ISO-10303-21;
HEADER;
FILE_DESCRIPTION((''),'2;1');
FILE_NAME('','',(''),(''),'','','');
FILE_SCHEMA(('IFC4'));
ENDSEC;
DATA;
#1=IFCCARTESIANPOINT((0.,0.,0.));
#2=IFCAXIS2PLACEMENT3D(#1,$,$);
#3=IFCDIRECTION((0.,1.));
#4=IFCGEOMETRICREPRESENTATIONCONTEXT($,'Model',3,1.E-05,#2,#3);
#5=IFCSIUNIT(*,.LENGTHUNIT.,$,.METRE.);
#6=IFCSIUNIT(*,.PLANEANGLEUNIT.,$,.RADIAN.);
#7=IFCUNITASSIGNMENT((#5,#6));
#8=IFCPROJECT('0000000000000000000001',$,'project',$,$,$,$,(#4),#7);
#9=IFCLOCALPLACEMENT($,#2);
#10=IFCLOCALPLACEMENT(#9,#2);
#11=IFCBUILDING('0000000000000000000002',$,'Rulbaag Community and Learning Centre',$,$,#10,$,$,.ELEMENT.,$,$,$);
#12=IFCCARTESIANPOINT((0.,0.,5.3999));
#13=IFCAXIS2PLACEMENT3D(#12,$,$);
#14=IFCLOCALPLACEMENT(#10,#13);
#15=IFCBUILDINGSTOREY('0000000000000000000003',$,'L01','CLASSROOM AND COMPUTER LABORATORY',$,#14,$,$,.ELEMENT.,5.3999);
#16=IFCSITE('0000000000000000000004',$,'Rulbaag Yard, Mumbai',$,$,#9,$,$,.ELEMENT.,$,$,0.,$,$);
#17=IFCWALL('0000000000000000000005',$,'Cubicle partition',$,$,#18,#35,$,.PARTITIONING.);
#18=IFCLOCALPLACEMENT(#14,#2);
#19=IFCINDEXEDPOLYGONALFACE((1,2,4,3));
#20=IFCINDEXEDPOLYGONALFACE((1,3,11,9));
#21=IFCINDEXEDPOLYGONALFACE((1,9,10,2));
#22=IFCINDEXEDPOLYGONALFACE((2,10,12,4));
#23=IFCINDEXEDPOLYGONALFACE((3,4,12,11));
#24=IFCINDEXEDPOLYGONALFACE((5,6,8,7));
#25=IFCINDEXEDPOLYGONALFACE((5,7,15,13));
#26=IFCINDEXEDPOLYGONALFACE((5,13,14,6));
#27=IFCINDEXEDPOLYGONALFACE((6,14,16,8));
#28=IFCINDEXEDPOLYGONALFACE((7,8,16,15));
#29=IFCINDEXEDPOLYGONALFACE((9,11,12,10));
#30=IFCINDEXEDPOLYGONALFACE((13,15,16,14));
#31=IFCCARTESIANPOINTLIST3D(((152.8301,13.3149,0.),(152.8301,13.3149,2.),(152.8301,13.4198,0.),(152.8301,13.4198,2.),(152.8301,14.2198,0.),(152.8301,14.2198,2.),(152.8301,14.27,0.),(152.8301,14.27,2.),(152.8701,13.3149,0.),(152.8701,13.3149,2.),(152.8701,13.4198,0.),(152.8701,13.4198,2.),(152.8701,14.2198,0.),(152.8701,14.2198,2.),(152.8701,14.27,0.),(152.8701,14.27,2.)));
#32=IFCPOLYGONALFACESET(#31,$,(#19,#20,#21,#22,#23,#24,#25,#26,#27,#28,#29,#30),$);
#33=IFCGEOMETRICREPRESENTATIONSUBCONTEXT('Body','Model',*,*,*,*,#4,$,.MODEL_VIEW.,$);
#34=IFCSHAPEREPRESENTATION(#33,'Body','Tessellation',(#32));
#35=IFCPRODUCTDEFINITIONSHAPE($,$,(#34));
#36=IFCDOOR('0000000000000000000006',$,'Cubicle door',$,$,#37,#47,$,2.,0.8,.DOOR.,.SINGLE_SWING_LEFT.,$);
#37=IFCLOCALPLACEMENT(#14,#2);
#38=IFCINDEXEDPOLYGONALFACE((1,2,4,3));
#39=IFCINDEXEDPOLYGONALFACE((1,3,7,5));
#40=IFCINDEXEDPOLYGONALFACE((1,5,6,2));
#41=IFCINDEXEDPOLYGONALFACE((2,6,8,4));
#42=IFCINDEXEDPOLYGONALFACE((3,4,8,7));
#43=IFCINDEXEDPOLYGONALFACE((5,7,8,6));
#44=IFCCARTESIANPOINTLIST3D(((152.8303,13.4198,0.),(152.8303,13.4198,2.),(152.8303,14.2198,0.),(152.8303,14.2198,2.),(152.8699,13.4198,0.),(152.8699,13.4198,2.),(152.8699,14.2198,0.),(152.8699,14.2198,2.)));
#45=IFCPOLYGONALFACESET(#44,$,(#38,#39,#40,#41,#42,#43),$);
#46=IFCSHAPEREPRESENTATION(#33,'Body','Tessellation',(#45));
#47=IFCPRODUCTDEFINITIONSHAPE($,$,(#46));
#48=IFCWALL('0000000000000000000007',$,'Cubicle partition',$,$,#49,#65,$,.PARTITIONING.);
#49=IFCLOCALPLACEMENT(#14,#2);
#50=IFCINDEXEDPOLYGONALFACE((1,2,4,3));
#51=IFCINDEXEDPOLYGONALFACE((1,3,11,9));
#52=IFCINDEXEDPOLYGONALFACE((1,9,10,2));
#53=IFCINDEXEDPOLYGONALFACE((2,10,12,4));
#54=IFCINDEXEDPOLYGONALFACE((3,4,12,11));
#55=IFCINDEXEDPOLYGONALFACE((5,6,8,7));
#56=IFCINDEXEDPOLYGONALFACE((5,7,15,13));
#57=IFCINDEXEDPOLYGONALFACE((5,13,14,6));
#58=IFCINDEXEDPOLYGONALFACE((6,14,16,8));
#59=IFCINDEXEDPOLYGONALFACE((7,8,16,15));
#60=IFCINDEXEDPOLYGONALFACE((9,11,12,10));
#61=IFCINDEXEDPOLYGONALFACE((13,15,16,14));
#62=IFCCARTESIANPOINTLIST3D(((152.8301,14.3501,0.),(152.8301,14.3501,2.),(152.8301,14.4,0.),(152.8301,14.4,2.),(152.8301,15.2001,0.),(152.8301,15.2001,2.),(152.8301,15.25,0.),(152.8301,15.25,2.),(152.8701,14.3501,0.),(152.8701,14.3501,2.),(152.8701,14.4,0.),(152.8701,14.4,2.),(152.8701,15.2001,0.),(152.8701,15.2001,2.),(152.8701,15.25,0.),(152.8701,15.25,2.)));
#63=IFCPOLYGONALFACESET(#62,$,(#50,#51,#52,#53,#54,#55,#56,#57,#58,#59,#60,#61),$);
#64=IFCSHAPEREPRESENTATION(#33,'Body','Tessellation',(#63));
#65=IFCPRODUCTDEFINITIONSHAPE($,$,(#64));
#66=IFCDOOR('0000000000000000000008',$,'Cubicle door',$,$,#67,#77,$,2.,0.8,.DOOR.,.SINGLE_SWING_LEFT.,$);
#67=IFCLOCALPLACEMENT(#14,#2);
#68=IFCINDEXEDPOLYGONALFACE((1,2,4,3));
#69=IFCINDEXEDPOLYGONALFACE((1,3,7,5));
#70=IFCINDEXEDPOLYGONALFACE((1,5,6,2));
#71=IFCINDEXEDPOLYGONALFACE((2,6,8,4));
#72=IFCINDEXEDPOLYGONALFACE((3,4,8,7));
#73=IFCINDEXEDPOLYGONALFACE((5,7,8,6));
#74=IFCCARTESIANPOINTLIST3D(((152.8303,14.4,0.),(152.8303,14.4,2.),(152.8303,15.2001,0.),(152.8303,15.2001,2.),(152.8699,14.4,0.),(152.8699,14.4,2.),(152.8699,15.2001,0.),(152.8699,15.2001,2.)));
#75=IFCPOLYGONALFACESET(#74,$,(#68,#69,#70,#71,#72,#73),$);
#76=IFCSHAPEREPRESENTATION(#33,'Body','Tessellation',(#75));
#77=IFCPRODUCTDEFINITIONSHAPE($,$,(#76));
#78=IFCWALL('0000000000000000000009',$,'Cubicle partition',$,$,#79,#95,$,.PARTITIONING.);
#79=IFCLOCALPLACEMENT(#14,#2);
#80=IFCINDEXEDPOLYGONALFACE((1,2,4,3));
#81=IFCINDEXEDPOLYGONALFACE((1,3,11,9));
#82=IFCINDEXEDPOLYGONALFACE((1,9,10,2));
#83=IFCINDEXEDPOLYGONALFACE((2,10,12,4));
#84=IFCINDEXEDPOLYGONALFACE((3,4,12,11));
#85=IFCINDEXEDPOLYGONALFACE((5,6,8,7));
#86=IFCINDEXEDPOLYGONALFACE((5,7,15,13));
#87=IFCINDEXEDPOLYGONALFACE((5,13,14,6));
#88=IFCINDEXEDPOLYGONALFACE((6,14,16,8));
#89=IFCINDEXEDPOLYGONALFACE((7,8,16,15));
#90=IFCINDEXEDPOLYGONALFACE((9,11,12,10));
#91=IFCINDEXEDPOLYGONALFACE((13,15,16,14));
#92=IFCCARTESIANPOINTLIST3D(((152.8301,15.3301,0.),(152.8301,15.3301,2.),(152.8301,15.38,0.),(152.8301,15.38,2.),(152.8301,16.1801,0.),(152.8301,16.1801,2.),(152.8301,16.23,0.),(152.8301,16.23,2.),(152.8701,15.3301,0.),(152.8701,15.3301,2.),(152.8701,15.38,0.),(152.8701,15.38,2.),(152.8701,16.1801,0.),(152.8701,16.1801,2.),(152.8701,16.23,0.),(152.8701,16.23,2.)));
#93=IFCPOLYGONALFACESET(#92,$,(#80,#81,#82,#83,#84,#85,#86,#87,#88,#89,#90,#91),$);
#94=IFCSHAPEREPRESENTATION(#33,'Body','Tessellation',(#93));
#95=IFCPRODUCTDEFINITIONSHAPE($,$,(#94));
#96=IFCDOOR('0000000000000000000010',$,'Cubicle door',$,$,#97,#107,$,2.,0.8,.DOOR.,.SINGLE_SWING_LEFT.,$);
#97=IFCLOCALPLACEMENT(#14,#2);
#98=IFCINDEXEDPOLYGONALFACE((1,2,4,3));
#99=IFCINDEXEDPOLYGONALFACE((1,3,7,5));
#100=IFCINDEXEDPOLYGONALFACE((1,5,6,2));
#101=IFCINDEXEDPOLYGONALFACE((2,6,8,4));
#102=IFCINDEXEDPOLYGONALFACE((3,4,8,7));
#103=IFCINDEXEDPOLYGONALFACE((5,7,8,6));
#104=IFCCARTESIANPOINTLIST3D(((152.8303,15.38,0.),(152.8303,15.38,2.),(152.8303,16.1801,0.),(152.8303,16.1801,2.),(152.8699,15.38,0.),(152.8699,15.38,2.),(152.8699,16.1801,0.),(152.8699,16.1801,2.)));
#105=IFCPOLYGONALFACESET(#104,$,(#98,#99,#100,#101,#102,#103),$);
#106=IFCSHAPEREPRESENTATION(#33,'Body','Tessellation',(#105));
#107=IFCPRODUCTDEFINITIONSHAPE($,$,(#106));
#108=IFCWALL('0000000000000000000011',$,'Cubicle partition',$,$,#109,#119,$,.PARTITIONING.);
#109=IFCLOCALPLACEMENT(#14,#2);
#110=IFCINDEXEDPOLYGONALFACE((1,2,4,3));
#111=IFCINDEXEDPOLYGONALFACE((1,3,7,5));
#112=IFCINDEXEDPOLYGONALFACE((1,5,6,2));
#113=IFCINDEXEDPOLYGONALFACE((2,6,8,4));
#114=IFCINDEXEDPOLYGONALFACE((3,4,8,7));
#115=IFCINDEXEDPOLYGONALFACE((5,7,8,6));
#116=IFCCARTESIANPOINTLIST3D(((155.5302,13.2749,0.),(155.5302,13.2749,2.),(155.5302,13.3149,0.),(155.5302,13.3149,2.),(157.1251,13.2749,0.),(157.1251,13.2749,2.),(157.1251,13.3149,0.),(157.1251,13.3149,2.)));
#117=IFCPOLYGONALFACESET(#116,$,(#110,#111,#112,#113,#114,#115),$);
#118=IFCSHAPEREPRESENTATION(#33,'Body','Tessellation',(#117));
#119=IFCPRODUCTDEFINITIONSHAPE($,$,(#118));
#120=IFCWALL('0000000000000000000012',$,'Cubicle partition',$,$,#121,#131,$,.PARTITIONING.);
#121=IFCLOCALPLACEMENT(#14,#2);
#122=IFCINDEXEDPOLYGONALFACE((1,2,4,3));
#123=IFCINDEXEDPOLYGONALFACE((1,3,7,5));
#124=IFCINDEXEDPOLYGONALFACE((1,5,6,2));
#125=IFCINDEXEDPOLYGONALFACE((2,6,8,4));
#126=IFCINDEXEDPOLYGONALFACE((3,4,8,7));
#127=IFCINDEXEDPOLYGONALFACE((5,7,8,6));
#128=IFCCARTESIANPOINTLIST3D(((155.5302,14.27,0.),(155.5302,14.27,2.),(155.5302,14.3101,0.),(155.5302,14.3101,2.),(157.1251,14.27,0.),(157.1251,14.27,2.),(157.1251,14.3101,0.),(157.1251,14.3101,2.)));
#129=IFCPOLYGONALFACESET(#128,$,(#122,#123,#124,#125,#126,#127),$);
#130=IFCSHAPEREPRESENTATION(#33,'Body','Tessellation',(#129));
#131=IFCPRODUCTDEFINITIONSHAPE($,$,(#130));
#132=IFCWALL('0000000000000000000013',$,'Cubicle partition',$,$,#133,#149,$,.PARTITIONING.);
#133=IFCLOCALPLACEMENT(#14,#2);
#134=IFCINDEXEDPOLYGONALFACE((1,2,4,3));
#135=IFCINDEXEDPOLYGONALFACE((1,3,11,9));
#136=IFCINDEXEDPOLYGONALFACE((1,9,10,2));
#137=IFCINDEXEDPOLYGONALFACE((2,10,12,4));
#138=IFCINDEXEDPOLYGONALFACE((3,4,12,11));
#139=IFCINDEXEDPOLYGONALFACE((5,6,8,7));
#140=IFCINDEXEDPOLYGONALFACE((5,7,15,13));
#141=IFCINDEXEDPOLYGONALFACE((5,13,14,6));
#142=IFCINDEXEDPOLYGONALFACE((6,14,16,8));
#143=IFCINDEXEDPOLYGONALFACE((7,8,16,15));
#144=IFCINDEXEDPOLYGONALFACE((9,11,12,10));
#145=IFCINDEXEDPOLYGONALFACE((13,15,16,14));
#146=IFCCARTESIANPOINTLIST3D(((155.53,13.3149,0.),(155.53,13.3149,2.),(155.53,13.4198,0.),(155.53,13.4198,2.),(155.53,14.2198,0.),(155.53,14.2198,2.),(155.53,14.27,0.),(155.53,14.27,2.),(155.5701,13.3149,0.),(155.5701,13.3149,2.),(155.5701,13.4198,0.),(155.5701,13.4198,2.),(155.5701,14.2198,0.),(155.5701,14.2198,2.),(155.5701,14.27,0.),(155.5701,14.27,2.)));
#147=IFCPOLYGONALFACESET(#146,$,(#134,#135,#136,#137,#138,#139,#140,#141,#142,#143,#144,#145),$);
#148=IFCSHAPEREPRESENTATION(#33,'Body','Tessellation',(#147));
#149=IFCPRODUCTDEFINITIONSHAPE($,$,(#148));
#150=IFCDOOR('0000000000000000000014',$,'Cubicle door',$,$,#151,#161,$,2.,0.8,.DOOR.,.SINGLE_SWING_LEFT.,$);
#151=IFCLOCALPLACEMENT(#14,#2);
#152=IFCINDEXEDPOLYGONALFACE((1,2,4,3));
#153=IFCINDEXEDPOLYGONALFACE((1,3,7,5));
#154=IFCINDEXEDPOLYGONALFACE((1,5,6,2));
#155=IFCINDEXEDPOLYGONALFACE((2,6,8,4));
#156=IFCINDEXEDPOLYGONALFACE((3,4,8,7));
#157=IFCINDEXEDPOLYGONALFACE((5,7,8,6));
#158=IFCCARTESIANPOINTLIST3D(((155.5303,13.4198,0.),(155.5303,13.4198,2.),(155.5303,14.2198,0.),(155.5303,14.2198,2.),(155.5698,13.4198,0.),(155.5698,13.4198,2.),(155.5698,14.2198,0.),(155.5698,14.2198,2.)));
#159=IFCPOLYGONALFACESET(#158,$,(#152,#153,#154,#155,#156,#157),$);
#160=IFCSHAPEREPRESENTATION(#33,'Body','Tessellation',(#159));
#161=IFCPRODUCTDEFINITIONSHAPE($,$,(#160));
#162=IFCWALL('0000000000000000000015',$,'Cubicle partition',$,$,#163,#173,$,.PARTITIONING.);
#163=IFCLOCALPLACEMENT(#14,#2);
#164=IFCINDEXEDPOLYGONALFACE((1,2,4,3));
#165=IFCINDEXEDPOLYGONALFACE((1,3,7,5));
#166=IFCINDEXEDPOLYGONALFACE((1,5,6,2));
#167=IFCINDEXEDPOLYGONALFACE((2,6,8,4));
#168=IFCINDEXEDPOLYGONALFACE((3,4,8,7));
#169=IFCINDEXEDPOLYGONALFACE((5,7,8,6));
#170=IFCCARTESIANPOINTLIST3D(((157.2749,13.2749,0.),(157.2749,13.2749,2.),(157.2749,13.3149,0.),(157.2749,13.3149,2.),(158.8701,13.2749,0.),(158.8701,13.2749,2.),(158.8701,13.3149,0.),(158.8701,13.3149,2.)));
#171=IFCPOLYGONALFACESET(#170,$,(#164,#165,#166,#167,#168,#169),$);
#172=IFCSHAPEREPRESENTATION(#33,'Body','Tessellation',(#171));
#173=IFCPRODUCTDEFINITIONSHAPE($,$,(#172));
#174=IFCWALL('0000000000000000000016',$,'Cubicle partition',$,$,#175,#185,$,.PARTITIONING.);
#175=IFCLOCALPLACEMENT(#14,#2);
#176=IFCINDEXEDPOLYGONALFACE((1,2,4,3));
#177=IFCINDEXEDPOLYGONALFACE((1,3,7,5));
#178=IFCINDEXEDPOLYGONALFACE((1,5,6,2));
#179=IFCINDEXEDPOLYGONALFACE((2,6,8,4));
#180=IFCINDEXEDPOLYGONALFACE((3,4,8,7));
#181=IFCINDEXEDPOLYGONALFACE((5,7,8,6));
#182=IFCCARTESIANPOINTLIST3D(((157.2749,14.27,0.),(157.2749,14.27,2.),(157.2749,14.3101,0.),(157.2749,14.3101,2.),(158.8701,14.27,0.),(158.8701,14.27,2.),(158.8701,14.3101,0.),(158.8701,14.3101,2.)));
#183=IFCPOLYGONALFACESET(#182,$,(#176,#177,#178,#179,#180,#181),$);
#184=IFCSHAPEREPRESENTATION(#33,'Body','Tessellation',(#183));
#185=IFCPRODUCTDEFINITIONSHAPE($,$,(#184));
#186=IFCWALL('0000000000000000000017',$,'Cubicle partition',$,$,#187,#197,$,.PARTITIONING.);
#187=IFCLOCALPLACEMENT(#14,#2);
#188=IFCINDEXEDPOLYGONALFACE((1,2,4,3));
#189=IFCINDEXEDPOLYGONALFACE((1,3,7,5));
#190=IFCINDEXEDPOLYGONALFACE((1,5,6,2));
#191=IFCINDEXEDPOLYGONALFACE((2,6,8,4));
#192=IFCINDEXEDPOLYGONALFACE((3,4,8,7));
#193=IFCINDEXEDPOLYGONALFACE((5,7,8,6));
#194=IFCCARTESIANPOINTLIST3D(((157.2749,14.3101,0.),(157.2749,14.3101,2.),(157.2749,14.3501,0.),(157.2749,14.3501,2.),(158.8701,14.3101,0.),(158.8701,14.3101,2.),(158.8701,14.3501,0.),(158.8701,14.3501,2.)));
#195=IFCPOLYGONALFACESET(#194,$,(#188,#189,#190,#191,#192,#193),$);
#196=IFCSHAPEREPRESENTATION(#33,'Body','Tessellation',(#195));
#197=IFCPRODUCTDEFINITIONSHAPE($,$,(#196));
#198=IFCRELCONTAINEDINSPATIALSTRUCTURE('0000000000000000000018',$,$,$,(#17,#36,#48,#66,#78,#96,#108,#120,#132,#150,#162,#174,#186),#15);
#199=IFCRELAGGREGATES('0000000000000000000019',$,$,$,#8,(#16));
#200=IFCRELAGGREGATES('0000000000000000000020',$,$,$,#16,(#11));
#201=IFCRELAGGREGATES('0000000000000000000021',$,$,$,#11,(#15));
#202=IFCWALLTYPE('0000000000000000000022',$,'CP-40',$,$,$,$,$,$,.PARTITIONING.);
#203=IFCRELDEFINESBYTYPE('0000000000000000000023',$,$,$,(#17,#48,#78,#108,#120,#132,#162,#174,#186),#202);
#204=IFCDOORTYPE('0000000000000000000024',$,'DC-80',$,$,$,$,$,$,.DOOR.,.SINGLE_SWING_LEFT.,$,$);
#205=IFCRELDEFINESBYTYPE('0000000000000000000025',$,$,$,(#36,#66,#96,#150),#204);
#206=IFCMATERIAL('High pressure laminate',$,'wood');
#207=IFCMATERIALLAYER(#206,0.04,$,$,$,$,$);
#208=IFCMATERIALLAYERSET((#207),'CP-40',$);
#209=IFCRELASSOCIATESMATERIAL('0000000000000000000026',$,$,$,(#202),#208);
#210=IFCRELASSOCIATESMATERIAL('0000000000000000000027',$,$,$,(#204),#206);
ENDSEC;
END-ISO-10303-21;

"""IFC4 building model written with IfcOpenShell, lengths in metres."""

from ifc_helpers import new_model, si_unit, direction, frame, frame_2d, origin, place, context, subcontext, project, spatial, rectangle, extrude, material, layer, layer_set, type_object, element, fill, save


model = new_model("IFC4")

# Units and contexts
model_context = context("Model", 3, precision=1e-05, world=origin(), true_north=direction((0.0, 1.0)))
body_context = subcontext(model_context, "Body", "Model", "MODEL_VIEW")
ifc_project = project(units=[si_unit("LENGTHUNIT", "METRE"), si_unit("PLANEANGLEUNIT", "RADIAN")], contexts=[model_context])

# Site, building, storey
site_placement = place(None, origin())
site = spatial("IfcSite", under=ifc_project, at=site_placement, Name="Rulbaag Yard, Mumbai", CompositionType="ELEMENT", RefElevation=0.0)
building_placement = place(site_placement, origin())
building = spatial("IfcBuilding", under=site, at=building_placement, Name="Rulbaag Community and Learning Centre", CompositionType="ELEMENT")
storey_placement = place(building_placement, frame((0.0, 0.0, 5.3999)))
storey = spatial("IfcBuildingStorey", under=building, at=storey_placement, Name="L01", Description="CLASSROOM AND COMPUTER LABORATORY", CompositionType="ELEMENT", Elevation=5.3999)

# Walls, openings, doors
ifc_material_1 = material(Name="High pressure laminate", Category="wood")
ifc_layer_1 = layer(ifc_material_1, 0.04)
ifc_layer_set_1 = layer_set([ifc_layer_1], Name="CP-40")
wall_type_1 = type_object("IfcWallType", Name="CP-40", PredefinedType="PARTITIONING", material=ifc_layer_set_1)
wall_1_placement = place(storey_placement, frame((152.8501, 13.3149, 0.0), z_axis=(0.0, 0.0, 1.0), x_axis=(0.0, 1.0, 0.0)))
wall_1 = element("IfcWall", 1, at=wall_1_placement, inside=storey, type_object=wall_type_1, Name="Cubicle partition", PredefinedType="PARTITIONING", context=body_context, shape_type="SweptSolid", body=[
    extrude(rectangle(XDim=0.9551, YDim=0.04, at=frame_2d((0.4775, 0.0))), origin(), (0.0, 0.0, 1.0), 2.0),
])
opening_1_placement = place(wall_1_placement, frame((0.105, 0.0, 0.0)))
opening_1 = element("IfcOpeningElement", 2, at=opening_1_placement, cuts=wall_1, PredefinedType="OPENING", context=body_context, shape_type="SweptSolid", body=[
    extrude(rectangle(XDim=0.8, YDim=2.0, at=frame_2d((0.3999, 1.0))), frame((0.0, 0.03, 0.0), z_axis=(0.0, -1.0, 0.0), x_axis=(1.0, 0.0, 0.0)), (0.0, 0.0, 1.0), 0.0601),
])
door_type = type_object("IfcDoorType", Name="DC-80", OperationType="SINGLE_SWING_LEFT", PredefinedType="DOOR", material=ifc_material_1)
door_1_placement = place(opening_1_placement, origin())
door_1 = element("IfcDoor", 3, at=door_1_placement, inside=storey, type_object=door_type, Name="Cubicle door", OperationType="SINGLE_SWING_LEFT", OverallHeight=2.0, OverallWidth=0.8, PredefinedType="DOOR", context=body_context, shape_type="SweptSolid", body=[
    extrude(rectangle(XDim=0.8, YDim=2.0, at=frame_2d((0.3999, 1.0))), frame((0.0, 0.0198, 0.0), z_axis=(0.0, -1.0, 0.0), x_axis=(1.0, 0.0, 0.0)), (0.0, 0.0, 1.0), 0.0396),
])
fill(opening_1, door_1)
wall_2_placement = place(storey_placement, frame((152.8501, 14.3501, 0.0), z_axis=(0.0, 0.0, 1.0), x_axis=(0.0, 1.0, 0.0)))
wall_2 = element("IfcWall", 4, at=wall_2_placement, inside=storey, type_object=wall_type_1, Name="Cubicle partition", PredefinedType="PARTITIONING", context=body_context, shape_type="SweptSolid", body=[
    extrude(rectangle(XDim=0.8999, YDim=0.04, at=frame_2d((0.45, 0.0))), origin(), (0.0, 0.0, 1.0), 2.0),
])
opening_2_placement = place(wall_2_placement, frame((0.05, 0.0, 0.0)))
opening_2 = element("IfcOpeningElement", 5, at=opening_2_placement, cuts=wall_2, PredefinedType="OPENING", context=body_context, shape_type="SweptSolid", body=[
    extrude(rectangle(XDim=0.8, YDim=2.0, at=frame_2d((0.3999, 1.0))), frame((0.0, 0.03, 0.0), z_axis=(0.0, -1.0, 0.0), x_axis=(1.0, 0.0, 0.0)), (0.0, 0.0, 1.0), 0.0601),
])
door_2_placement = place(opening_2_placement, origin())
door_2 = element("IfcDoor", 6, at=door_2_placement, inside=storey, type_object=door_type, Name="Cubicle door", OperationType="SINGLE_SWING_LEFT", OverallHeight=2.0, OverallWidth=0.8, PredefinedType="DOOR", context=body_context, shape_type="SweptSolid", body=[
    extrude(rectangle(XDim=0.8, YDim=2.0, at=frame_2d((0.3999, 1.0))), frame((0.0, 0.0198, 0.0), z_axis=(0.0, -1.0, 0.0), x_axis=(1.0, 0.0, 0.0)), (0.0, 0.0, 1.0), 0.0396),
])
fill(opening_2, door_2)
wall_3_placement = place(storey_placement, frame((152.8501, 15.3301, 0.0), z_axis=(0.0, 0.0, 1.0), x_axis=(0.0, 1.0, 0.0)))
wall_3 = element("IfcWall", 7, at=wall_3_placement, inside=storey, type_object=wall_type_1, Name="Cubicle partition", PredefinedType="PARTITIONING", context=body_context, shape_type="SweptSolid", body=[
    extrude(rectangle(XDim=0.8999, YDim=0.04, at=frame_2d((0.45, 0.0))), origin(), (0.0, 0.0, 1.0), 2.0),
])
opening_3_placement = place(wall_3_placement, frame((0.05, 0.0, 0.0)))
opening_3 = element("IfcOpeningElement", 8, at=opening_3_placement, cuts=wall_3, PredefinedType="OPENING", context=body_context, shape_type="SweptSolid", body=[
    extrude(rectangle(XDim=0.8, YDim=2.0, at=frame_2d((0.3999, 1.0))), frame((0.0, 0.03, 0.0), z_axis=(0.0, -1.0, 0.0), x_axis=(1.0, 0.0, 0.0)), (0.0, 0.0, 1.0), 0.0601),
])
door_3_placement = place(opening_3_placement, origin())
door_3 = element("IfcDoor", 9, at=door_3_placement, inside=storey, type_object=door_type, Name="Cubicle door", OperationType="SINGLE_SWING_LEFT", OverallHeight=2.0, OverallWidth=0.8, PredefinedType="DOOR", context=body_context, shape_type="SweptSolid", body=[
    extrude(rectangle(XDim=0.8, YDim=2.0, at=frame_2d((0.3999, 1.0))), frame((0.0, 0.0198, 0.0), z_axis=(0.0, -1.0, 0.0), x_axis=(1.0, 0.0, 0.0)), (0.0, 0.0, 1.0), 0.0396),
])
fill(opening_3, door_3)

# Walls
for number, where, z_axis, x_axis, name in (
    (10, (157.125, 13.2949, 0.0), (0.0, 0.0, 1.0), (-1.0, 0.0, 0.0), "Cubicle partition"),
    (11, (157.125, 14.29, 0.0), (0.0, 0.0, 1.0), (-1.0, 0.0, 0.0), "Cubicle partition"),
):
    element("IfcWall", number, at=place(storey_placement, frame(where, z_axis=z_axis, x_axis=x_axis)), inside=storey, type_object=wall_type_1, Name=name, PredefinedType="PARTITIONING", context=body_context, shape_type="SweptSolid", body=[
        extrude(rectangle(XDim=1.595, YDim=0.04, at=frame_2d((0.7974, 0.0))), origin(), (0.0, 0.0, 1.0), 2.0),
    ])

# Wall, opening, door
wall_4_placement = place(storey_placement, frame((155.55, 13.3149, 0.0), z_axis=(0.0, 0.0, 1.0), x_axis=(0.0, 1.0, 0.0)))
wall_4 = element("IfcWall", 12, at=wall_4_placement, inside=storey, type_object=wall_type_1, Name="Cubicle partition", PredefinedType="PARTITIONING", context=body_context, shape_type="SweptSolid", body=[
    extrude(rectangle(XDim=0.9551, YDim=0.04, at=frame_2d((0.4775, 0.0))), origin(), (0.0, 0.0, 1.0), 2.0),
])
opening_4_placement = place(wall_4_placement, frame((0.105, 0.0, 0.0)))
opening_4 = element("IfcOpeningElement", 13, at=opening_4_placement, cuts=wall_4, PredefinedType="OPENING", context=body_context, shape_type="SweptSolid", body=[
    extrude(rectangle(XDim=0.8, YDim=2.0, at=frame_2d((0.3999, 1.0))), frame((0.0, 0.03, 0.0), z_axis=(0.0, -1.0, 0.0), x_axis=(1.0, 0.0, 0.0)), (0.0, 0.0, 1.0), 0.0601),
])
door_4_placement = place(opening_4_placement, origin())
door_4 = element("IfcDoor", 14, at=door_4_placement, inside=storey, type_object=door_type, Name="Cubicle door", OperationType="SINGLE_SWING_LEFT", OverallHeight=2.0, OverallWidth=0.8, PredefinedType="DOOR", context=body_context, shape_type="SweptSolid", body=[
    extrude(rectangle(XDim=0.8, YDim=2.0, at=frame_2d((0.3999, 1.0))), frame((0.0, 0.0198, 0.0), z_axis=(0.0, -1.0, 0.0), x_axis=(1.0, 0.0, 0.0)), (0.0, 0.0, 1.0), 0.0396),
])
fill(opening_4, door_4)

# Walls
for number, where, z_axis, x_axis, name in (
    (15, (157.2749, 13.2949, 0.0), (0.0, 0.0, 1.0), (1.0, 0.0, 0.0), "Cubicle partition"),
    (16, (157.2749, 14.29, 0.0), (0.0, 0.0, 1.0), (1.0, 0.0, 0.0), "Cubicle partition"),
    (17, (157.2749, 14.3301, 0.0), (0.0, 0.0, 1.0), (1.0, 0.0, 0.0), "Cubicle partition"),
):
    element("IfcWall", number, at=place(storey_placement, frame(where, z_axis=z_axis, x_axis=x_axis)), inside=storey, type_object=wall_type_1, Name=name, PredefinedType="PARTITIONING", context=body_context, shape_type="SweptSolid", body=[
        extrude(rectangle(XDim=1.5952, YDim=0.04, at=frame_2d((0.7976, 0.0))), origin(), (0.0, 0.0, 1.0), 2.0),
    ])

save(model, "model.ifc")
